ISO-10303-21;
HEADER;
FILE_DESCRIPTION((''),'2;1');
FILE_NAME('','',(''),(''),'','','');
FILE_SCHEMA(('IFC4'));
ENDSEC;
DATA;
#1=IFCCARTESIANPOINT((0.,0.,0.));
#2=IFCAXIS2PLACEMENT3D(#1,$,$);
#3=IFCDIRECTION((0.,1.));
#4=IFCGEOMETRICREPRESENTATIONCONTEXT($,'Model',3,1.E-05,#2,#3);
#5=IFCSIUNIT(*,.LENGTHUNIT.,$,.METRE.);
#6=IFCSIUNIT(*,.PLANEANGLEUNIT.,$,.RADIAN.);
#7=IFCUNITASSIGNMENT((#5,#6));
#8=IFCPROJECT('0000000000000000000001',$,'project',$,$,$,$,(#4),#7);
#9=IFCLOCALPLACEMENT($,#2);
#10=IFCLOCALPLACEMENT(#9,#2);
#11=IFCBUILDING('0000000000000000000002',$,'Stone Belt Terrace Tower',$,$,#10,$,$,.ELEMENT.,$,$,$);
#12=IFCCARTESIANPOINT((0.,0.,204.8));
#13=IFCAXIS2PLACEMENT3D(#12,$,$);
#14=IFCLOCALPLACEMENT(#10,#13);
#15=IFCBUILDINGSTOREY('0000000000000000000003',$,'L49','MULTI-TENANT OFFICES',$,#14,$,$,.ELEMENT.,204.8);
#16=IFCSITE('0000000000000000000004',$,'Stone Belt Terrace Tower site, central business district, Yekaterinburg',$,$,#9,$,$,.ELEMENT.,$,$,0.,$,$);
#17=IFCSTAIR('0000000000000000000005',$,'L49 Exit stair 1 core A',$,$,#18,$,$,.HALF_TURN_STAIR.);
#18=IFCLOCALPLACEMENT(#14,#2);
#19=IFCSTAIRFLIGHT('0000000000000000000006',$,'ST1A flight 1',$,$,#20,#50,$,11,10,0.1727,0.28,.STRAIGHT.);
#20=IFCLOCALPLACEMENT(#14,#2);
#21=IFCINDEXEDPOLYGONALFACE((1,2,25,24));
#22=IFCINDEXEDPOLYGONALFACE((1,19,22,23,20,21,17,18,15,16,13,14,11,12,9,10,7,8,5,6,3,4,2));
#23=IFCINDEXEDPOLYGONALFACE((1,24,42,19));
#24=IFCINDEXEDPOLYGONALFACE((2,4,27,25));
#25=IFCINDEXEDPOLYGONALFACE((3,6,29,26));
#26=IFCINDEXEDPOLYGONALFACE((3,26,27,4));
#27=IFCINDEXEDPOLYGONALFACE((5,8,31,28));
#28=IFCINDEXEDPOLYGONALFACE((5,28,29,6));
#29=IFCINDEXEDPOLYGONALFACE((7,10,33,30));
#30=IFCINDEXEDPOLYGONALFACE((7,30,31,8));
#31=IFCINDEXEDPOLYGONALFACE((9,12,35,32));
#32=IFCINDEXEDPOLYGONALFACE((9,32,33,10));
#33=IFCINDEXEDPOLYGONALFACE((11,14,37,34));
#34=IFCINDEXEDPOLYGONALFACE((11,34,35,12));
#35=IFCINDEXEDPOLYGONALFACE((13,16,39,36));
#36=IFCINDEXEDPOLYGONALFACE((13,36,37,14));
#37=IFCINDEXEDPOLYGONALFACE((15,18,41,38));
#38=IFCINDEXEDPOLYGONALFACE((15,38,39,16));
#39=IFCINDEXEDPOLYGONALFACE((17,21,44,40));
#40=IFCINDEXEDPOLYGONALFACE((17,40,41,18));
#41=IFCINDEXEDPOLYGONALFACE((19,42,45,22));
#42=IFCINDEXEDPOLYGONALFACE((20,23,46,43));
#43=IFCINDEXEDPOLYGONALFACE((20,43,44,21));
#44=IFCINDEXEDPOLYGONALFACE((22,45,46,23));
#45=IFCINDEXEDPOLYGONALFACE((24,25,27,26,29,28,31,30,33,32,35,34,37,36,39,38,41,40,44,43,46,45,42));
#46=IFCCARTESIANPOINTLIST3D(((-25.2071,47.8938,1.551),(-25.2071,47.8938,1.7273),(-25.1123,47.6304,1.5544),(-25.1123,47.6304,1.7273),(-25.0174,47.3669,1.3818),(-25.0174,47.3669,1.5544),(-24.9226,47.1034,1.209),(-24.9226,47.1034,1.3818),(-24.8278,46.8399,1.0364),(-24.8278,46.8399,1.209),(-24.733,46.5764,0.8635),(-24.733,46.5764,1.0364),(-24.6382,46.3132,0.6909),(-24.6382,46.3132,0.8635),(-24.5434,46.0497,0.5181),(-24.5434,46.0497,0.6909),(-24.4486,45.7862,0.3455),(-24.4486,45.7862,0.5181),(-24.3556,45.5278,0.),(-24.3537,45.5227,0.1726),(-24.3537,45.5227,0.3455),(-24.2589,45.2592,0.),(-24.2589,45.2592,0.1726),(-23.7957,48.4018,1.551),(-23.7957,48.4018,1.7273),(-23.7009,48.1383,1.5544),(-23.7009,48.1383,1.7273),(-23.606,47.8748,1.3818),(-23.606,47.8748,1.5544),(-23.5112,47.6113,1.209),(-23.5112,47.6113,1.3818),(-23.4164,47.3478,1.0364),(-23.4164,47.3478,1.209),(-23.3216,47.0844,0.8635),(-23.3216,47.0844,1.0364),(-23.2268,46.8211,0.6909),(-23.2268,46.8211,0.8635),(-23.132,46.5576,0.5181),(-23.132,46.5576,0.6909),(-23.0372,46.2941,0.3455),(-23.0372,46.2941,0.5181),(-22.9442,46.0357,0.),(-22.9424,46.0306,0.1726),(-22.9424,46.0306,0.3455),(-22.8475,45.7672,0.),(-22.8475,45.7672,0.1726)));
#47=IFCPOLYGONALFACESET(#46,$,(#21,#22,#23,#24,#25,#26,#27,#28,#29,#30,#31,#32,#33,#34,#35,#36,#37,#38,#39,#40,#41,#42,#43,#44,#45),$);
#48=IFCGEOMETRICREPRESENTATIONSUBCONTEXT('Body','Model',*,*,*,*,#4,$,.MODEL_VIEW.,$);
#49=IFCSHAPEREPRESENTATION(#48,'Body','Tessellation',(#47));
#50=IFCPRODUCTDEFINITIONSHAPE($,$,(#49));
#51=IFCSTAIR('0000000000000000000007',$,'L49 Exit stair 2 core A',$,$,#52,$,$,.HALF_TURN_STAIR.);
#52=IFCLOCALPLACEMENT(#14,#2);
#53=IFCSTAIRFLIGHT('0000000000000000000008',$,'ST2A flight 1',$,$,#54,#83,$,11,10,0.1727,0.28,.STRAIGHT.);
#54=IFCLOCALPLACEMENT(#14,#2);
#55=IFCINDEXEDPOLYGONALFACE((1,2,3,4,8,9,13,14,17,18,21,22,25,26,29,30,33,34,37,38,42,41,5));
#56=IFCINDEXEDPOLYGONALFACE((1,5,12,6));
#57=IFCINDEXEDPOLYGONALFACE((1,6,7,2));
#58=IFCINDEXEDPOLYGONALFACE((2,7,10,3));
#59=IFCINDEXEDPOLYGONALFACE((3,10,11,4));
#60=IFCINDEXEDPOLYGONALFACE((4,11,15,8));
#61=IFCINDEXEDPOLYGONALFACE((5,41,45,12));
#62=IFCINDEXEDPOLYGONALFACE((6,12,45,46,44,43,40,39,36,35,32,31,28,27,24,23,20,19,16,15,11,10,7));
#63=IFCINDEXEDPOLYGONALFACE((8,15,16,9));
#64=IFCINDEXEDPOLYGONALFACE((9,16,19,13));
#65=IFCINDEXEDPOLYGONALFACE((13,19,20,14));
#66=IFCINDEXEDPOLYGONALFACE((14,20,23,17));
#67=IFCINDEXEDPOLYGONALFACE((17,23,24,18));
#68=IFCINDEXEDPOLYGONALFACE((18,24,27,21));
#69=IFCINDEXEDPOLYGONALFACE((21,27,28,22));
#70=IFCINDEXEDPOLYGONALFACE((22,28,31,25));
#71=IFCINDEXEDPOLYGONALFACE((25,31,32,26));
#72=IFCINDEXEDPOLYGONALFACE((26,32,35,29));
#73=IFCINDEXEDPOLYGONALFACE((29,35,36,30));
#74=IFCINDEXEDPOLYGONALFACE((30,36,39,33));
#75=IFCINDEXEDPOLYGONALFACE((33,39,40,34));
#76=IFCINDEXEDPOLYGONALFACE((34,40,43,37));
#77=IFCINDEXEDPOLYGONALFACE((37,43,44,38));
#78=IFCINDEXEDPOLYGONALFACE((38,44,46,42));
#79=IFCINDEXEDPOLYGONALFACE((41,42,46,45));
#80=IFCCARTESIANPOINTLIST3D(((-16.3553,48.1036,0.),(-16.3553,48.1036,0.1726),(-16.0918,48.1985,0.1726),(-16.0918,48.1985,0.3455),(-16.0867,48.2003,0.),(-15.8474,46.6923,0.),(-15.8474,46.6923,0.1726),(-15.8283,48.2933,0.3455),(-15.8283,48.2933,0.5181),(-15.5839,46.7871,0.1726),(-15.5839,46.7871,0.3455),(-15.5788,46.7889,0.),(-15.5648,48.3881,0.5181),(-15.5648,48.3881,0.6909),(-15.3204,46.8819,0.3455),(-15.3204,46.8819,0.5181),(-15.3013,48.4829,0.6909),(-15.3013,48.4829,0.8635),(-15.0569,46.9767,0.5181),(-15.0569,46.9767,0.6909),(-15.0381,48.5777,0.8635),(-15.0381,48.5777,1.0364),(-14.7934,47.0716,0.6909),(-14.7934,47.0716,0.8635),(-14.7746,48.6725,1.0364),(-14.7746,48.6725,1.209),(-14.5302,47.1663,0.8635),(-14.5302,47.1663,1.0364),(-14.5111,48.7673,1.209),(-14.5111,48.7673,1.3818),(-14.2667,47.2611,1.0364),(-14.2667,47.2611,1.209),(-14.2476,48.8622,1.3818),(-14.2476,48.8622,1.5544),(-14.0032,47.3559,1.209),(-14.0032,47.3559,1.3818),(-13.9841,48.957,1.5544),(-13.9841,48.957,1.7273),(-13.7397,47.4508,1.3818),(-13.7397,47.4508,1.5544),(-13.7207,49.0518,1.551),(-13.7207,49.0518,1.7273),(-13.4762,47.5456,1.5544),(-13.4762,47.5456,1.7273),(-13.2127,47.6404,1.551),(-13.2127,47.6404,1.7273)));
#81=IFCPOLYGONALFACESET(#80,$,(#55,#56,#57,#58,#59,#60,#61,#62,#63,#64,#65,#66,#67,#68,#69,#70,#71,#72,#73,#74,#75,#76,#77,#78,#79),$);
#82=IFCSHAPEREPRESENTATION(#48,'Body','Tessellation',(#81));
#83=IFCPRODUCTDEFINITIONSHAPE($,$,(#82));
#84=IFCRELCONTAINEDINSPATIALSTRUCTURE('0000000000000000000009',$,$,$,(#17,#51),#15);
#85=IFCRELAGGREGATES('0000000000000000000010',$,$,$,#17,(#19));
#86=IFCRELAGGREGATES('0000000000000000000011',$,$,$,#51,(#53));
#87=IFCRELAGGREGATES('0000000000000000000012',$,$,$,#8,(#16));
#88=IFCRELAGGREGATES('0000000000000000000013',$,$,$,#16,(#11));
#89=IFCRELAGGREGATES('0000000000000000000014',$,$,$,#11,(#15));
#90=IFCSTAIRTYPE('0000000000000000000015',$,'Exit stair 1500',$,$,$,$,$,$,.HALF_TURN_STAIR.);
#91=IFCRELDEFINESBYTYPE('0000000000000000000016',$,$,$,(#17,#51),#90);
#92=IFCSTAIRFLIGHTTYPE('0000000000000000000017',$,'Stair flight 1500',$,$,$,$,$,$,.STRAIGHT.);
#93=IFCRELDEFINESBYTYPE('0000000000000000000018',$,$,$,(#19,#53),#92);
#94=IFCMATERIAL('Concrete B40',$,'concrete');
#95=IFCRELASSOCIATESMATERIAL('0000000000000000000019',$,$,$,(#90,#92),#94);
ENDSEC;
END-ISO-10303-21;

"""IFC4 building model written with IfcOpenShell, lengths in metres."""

from ifc_helpers import new_model, si_unit, direction, frame, origin, place, context, subcontext, project, spatial, polyline, outline, extrude, material, type_object, element, aggregate, save


model = new_model("IFC4")

# Units and contexts
model_context = context("Model", 3, precision=1e-05, world=origin(), true_north=direction((0.0, 1.0)))
body_context = subcontext(model_context, "Body", "Model", "MODEL_VIEW")
ifc_project = project(units=[si_unit("LENGTHUNIT", "METRE"), si_unit("PLANEANGLEUNIT", "RADIAN")], contexts=[model_context])

# Site, building, storey
site_placement = place(None, origin())
site = spatial("IfcSite", under=ifc_project, at=site_placement, Name="Stone Belt Terrace Tower site, central business district, Yekaterinburg", CompositionType="ELEMENT", RefElevation=0.0)
building_placement = place(site_placement, origin())
building = spatial("IfcBuilding", under=site, at=building_placement, Name="Stone Belt Terrace Tower", CompositionType="ELEMENT")
storey_placement = place(building_placement, frame((0.0, 0.0, 204.8)))
storey = spatial("IfcBuildingStorey", under=building, at=storey_placement, Name="L49", Description="MULTI-TENANT OFFICES", CompositionType="ELEMENT", Elevation=204.8)

# Stairs, stair flights
ifc_material_1 = material(Name="Concrete B40", Category="concrete")
stair_type = type_object("IfcStairType", Name="Exit stair 1500", PredefinedType="HALF_TURN_STAIR", material=ifc_material_1)
stair_1_placement = place(storey_placement, origin())
stair_1 = element("IfcStair", 1, at=stair_1_placement, inside=storey, type_object=stair_type, Name="L49 Exit stair 1 core A", PredefinedType="HALF_TURN_STAIR")
stair_flight_type = type_object("IfcStairFlightType", Name="Stair flight 1500", PredefinedType="STRAIGHT", material=ifc_material_1)
stair_flight_1_placement = place(storey_placement, frame((-23.5532, 45.5132, 0.0), z_axis=(0.0, 0.0, 1.0), x_axis=(-0.338624, 0.940922, 0.0)))
stair_flight_1 = element("IfcStairFlight", 2, at=stair_flight_1_placement, type_object=stair_flight_type, Name="ST1A flight 1", NumberOfRisers=11, NumberOfTreads=10, PredefinedType="STRAIGHT", RiserHeight=0.1727, TreadLength=0.28, context=body_context, shape_type="SweptSolid", body=[
    extrude(outline(polyline([(0.0, 0.0), (0.0, 0.1726), (0.28, 0.1726), (0.28, 0.3455), (0.5601, 0.3455), (0.5601, 0.5181), (0.8401, 0.5181), (0.8401, 0.6909), (1.1201, 0.6909), (1.1201, 0.8635), (1.3999, 0.8635), (1.3999, 1.0364), (1.6799, 1.0364), (1.6799, 1.209), (1.96, 1.209), (1.96, 1.3818), (2.24, 1.3818), (2.24, 1.5544), (2.52, 1.5544), (2.52, 1.7273), (2.8, 1.7273), (2.8, 1.8999), (2.8, 1.551), (0.2854, 0.0), (0.0, 0.0)])), frame((0.0, 0.75, 0.0), z_axis=(0.0, -1.0, 0.0), x_axis=(1.0, 0.0, 0.0)), (0.0, 0.0, 1.0), 1.5),
])
aggregate(stair_1, [stair_flight_1])
stair_2_placement = place(storey_placement, origin())
stair_2 = element("IfcStair", 3, at=stair_2_placement, inside=storey, type_object=stair_type, Name="L49 Exit stair 2 core A", PredefinedType="HALF_TURN_STAIR")
stair_flight_2_placement = place(storey_placement, frame((-16.1013, 47.3979, 0.0), z_axis=(0.0, 0.0, 1.0), x_axis=(0.940922, 0.338624, 0.0)))
stair_flight_2 = element("IfcStairFlight", 4, at=stair_flight_2_placement, type_object=stair_flight_type, Name="ST2A flight 1", NumberOfRisers=11, NumberOfTreads=10, PredefinedType="STRAIGHT", RiserHeight=0.1727, TreadLength=0.28, context=body_context, shape_type="SweptSolid", body=[
    extrude(outline(polyline([(0.0, 0.0), (0.0, 0.1726), (0.28, 0.1726), (0.28, 0.3455), (0.5601, 0.3455), (0.5601, 0.5181), (0.8401, 0.5181), (0.8401, 0.6909), (1.1201, 0.6909), (1.1201, 0.8635), (1.3999, 0.8635), (1.3999, 1.0364), (1.6799, 1.0364), (1.6799, 1.209), (1.96, 1.209), (1.96, 1.3818), (2.24, 1.3818), (2.24, 1.5544), (2.52, 1.5544), (2.52, 1.7273), (2.8, 1.7273), (2.8, 1.8999), (2.8, 1.551), (0.2854, 0.0), (0.0, 0.0)])), frame((0.0, 0.75, 0.0), z_axis=(0.0, -1.0, 0.0), x_axis=(1.0, 0.0, 0.0)), (0.0, 0.0, 1.0), 1.5),
])
aggregate(stair_2, [stair_flight_2])

save(model, "model.ifc")
